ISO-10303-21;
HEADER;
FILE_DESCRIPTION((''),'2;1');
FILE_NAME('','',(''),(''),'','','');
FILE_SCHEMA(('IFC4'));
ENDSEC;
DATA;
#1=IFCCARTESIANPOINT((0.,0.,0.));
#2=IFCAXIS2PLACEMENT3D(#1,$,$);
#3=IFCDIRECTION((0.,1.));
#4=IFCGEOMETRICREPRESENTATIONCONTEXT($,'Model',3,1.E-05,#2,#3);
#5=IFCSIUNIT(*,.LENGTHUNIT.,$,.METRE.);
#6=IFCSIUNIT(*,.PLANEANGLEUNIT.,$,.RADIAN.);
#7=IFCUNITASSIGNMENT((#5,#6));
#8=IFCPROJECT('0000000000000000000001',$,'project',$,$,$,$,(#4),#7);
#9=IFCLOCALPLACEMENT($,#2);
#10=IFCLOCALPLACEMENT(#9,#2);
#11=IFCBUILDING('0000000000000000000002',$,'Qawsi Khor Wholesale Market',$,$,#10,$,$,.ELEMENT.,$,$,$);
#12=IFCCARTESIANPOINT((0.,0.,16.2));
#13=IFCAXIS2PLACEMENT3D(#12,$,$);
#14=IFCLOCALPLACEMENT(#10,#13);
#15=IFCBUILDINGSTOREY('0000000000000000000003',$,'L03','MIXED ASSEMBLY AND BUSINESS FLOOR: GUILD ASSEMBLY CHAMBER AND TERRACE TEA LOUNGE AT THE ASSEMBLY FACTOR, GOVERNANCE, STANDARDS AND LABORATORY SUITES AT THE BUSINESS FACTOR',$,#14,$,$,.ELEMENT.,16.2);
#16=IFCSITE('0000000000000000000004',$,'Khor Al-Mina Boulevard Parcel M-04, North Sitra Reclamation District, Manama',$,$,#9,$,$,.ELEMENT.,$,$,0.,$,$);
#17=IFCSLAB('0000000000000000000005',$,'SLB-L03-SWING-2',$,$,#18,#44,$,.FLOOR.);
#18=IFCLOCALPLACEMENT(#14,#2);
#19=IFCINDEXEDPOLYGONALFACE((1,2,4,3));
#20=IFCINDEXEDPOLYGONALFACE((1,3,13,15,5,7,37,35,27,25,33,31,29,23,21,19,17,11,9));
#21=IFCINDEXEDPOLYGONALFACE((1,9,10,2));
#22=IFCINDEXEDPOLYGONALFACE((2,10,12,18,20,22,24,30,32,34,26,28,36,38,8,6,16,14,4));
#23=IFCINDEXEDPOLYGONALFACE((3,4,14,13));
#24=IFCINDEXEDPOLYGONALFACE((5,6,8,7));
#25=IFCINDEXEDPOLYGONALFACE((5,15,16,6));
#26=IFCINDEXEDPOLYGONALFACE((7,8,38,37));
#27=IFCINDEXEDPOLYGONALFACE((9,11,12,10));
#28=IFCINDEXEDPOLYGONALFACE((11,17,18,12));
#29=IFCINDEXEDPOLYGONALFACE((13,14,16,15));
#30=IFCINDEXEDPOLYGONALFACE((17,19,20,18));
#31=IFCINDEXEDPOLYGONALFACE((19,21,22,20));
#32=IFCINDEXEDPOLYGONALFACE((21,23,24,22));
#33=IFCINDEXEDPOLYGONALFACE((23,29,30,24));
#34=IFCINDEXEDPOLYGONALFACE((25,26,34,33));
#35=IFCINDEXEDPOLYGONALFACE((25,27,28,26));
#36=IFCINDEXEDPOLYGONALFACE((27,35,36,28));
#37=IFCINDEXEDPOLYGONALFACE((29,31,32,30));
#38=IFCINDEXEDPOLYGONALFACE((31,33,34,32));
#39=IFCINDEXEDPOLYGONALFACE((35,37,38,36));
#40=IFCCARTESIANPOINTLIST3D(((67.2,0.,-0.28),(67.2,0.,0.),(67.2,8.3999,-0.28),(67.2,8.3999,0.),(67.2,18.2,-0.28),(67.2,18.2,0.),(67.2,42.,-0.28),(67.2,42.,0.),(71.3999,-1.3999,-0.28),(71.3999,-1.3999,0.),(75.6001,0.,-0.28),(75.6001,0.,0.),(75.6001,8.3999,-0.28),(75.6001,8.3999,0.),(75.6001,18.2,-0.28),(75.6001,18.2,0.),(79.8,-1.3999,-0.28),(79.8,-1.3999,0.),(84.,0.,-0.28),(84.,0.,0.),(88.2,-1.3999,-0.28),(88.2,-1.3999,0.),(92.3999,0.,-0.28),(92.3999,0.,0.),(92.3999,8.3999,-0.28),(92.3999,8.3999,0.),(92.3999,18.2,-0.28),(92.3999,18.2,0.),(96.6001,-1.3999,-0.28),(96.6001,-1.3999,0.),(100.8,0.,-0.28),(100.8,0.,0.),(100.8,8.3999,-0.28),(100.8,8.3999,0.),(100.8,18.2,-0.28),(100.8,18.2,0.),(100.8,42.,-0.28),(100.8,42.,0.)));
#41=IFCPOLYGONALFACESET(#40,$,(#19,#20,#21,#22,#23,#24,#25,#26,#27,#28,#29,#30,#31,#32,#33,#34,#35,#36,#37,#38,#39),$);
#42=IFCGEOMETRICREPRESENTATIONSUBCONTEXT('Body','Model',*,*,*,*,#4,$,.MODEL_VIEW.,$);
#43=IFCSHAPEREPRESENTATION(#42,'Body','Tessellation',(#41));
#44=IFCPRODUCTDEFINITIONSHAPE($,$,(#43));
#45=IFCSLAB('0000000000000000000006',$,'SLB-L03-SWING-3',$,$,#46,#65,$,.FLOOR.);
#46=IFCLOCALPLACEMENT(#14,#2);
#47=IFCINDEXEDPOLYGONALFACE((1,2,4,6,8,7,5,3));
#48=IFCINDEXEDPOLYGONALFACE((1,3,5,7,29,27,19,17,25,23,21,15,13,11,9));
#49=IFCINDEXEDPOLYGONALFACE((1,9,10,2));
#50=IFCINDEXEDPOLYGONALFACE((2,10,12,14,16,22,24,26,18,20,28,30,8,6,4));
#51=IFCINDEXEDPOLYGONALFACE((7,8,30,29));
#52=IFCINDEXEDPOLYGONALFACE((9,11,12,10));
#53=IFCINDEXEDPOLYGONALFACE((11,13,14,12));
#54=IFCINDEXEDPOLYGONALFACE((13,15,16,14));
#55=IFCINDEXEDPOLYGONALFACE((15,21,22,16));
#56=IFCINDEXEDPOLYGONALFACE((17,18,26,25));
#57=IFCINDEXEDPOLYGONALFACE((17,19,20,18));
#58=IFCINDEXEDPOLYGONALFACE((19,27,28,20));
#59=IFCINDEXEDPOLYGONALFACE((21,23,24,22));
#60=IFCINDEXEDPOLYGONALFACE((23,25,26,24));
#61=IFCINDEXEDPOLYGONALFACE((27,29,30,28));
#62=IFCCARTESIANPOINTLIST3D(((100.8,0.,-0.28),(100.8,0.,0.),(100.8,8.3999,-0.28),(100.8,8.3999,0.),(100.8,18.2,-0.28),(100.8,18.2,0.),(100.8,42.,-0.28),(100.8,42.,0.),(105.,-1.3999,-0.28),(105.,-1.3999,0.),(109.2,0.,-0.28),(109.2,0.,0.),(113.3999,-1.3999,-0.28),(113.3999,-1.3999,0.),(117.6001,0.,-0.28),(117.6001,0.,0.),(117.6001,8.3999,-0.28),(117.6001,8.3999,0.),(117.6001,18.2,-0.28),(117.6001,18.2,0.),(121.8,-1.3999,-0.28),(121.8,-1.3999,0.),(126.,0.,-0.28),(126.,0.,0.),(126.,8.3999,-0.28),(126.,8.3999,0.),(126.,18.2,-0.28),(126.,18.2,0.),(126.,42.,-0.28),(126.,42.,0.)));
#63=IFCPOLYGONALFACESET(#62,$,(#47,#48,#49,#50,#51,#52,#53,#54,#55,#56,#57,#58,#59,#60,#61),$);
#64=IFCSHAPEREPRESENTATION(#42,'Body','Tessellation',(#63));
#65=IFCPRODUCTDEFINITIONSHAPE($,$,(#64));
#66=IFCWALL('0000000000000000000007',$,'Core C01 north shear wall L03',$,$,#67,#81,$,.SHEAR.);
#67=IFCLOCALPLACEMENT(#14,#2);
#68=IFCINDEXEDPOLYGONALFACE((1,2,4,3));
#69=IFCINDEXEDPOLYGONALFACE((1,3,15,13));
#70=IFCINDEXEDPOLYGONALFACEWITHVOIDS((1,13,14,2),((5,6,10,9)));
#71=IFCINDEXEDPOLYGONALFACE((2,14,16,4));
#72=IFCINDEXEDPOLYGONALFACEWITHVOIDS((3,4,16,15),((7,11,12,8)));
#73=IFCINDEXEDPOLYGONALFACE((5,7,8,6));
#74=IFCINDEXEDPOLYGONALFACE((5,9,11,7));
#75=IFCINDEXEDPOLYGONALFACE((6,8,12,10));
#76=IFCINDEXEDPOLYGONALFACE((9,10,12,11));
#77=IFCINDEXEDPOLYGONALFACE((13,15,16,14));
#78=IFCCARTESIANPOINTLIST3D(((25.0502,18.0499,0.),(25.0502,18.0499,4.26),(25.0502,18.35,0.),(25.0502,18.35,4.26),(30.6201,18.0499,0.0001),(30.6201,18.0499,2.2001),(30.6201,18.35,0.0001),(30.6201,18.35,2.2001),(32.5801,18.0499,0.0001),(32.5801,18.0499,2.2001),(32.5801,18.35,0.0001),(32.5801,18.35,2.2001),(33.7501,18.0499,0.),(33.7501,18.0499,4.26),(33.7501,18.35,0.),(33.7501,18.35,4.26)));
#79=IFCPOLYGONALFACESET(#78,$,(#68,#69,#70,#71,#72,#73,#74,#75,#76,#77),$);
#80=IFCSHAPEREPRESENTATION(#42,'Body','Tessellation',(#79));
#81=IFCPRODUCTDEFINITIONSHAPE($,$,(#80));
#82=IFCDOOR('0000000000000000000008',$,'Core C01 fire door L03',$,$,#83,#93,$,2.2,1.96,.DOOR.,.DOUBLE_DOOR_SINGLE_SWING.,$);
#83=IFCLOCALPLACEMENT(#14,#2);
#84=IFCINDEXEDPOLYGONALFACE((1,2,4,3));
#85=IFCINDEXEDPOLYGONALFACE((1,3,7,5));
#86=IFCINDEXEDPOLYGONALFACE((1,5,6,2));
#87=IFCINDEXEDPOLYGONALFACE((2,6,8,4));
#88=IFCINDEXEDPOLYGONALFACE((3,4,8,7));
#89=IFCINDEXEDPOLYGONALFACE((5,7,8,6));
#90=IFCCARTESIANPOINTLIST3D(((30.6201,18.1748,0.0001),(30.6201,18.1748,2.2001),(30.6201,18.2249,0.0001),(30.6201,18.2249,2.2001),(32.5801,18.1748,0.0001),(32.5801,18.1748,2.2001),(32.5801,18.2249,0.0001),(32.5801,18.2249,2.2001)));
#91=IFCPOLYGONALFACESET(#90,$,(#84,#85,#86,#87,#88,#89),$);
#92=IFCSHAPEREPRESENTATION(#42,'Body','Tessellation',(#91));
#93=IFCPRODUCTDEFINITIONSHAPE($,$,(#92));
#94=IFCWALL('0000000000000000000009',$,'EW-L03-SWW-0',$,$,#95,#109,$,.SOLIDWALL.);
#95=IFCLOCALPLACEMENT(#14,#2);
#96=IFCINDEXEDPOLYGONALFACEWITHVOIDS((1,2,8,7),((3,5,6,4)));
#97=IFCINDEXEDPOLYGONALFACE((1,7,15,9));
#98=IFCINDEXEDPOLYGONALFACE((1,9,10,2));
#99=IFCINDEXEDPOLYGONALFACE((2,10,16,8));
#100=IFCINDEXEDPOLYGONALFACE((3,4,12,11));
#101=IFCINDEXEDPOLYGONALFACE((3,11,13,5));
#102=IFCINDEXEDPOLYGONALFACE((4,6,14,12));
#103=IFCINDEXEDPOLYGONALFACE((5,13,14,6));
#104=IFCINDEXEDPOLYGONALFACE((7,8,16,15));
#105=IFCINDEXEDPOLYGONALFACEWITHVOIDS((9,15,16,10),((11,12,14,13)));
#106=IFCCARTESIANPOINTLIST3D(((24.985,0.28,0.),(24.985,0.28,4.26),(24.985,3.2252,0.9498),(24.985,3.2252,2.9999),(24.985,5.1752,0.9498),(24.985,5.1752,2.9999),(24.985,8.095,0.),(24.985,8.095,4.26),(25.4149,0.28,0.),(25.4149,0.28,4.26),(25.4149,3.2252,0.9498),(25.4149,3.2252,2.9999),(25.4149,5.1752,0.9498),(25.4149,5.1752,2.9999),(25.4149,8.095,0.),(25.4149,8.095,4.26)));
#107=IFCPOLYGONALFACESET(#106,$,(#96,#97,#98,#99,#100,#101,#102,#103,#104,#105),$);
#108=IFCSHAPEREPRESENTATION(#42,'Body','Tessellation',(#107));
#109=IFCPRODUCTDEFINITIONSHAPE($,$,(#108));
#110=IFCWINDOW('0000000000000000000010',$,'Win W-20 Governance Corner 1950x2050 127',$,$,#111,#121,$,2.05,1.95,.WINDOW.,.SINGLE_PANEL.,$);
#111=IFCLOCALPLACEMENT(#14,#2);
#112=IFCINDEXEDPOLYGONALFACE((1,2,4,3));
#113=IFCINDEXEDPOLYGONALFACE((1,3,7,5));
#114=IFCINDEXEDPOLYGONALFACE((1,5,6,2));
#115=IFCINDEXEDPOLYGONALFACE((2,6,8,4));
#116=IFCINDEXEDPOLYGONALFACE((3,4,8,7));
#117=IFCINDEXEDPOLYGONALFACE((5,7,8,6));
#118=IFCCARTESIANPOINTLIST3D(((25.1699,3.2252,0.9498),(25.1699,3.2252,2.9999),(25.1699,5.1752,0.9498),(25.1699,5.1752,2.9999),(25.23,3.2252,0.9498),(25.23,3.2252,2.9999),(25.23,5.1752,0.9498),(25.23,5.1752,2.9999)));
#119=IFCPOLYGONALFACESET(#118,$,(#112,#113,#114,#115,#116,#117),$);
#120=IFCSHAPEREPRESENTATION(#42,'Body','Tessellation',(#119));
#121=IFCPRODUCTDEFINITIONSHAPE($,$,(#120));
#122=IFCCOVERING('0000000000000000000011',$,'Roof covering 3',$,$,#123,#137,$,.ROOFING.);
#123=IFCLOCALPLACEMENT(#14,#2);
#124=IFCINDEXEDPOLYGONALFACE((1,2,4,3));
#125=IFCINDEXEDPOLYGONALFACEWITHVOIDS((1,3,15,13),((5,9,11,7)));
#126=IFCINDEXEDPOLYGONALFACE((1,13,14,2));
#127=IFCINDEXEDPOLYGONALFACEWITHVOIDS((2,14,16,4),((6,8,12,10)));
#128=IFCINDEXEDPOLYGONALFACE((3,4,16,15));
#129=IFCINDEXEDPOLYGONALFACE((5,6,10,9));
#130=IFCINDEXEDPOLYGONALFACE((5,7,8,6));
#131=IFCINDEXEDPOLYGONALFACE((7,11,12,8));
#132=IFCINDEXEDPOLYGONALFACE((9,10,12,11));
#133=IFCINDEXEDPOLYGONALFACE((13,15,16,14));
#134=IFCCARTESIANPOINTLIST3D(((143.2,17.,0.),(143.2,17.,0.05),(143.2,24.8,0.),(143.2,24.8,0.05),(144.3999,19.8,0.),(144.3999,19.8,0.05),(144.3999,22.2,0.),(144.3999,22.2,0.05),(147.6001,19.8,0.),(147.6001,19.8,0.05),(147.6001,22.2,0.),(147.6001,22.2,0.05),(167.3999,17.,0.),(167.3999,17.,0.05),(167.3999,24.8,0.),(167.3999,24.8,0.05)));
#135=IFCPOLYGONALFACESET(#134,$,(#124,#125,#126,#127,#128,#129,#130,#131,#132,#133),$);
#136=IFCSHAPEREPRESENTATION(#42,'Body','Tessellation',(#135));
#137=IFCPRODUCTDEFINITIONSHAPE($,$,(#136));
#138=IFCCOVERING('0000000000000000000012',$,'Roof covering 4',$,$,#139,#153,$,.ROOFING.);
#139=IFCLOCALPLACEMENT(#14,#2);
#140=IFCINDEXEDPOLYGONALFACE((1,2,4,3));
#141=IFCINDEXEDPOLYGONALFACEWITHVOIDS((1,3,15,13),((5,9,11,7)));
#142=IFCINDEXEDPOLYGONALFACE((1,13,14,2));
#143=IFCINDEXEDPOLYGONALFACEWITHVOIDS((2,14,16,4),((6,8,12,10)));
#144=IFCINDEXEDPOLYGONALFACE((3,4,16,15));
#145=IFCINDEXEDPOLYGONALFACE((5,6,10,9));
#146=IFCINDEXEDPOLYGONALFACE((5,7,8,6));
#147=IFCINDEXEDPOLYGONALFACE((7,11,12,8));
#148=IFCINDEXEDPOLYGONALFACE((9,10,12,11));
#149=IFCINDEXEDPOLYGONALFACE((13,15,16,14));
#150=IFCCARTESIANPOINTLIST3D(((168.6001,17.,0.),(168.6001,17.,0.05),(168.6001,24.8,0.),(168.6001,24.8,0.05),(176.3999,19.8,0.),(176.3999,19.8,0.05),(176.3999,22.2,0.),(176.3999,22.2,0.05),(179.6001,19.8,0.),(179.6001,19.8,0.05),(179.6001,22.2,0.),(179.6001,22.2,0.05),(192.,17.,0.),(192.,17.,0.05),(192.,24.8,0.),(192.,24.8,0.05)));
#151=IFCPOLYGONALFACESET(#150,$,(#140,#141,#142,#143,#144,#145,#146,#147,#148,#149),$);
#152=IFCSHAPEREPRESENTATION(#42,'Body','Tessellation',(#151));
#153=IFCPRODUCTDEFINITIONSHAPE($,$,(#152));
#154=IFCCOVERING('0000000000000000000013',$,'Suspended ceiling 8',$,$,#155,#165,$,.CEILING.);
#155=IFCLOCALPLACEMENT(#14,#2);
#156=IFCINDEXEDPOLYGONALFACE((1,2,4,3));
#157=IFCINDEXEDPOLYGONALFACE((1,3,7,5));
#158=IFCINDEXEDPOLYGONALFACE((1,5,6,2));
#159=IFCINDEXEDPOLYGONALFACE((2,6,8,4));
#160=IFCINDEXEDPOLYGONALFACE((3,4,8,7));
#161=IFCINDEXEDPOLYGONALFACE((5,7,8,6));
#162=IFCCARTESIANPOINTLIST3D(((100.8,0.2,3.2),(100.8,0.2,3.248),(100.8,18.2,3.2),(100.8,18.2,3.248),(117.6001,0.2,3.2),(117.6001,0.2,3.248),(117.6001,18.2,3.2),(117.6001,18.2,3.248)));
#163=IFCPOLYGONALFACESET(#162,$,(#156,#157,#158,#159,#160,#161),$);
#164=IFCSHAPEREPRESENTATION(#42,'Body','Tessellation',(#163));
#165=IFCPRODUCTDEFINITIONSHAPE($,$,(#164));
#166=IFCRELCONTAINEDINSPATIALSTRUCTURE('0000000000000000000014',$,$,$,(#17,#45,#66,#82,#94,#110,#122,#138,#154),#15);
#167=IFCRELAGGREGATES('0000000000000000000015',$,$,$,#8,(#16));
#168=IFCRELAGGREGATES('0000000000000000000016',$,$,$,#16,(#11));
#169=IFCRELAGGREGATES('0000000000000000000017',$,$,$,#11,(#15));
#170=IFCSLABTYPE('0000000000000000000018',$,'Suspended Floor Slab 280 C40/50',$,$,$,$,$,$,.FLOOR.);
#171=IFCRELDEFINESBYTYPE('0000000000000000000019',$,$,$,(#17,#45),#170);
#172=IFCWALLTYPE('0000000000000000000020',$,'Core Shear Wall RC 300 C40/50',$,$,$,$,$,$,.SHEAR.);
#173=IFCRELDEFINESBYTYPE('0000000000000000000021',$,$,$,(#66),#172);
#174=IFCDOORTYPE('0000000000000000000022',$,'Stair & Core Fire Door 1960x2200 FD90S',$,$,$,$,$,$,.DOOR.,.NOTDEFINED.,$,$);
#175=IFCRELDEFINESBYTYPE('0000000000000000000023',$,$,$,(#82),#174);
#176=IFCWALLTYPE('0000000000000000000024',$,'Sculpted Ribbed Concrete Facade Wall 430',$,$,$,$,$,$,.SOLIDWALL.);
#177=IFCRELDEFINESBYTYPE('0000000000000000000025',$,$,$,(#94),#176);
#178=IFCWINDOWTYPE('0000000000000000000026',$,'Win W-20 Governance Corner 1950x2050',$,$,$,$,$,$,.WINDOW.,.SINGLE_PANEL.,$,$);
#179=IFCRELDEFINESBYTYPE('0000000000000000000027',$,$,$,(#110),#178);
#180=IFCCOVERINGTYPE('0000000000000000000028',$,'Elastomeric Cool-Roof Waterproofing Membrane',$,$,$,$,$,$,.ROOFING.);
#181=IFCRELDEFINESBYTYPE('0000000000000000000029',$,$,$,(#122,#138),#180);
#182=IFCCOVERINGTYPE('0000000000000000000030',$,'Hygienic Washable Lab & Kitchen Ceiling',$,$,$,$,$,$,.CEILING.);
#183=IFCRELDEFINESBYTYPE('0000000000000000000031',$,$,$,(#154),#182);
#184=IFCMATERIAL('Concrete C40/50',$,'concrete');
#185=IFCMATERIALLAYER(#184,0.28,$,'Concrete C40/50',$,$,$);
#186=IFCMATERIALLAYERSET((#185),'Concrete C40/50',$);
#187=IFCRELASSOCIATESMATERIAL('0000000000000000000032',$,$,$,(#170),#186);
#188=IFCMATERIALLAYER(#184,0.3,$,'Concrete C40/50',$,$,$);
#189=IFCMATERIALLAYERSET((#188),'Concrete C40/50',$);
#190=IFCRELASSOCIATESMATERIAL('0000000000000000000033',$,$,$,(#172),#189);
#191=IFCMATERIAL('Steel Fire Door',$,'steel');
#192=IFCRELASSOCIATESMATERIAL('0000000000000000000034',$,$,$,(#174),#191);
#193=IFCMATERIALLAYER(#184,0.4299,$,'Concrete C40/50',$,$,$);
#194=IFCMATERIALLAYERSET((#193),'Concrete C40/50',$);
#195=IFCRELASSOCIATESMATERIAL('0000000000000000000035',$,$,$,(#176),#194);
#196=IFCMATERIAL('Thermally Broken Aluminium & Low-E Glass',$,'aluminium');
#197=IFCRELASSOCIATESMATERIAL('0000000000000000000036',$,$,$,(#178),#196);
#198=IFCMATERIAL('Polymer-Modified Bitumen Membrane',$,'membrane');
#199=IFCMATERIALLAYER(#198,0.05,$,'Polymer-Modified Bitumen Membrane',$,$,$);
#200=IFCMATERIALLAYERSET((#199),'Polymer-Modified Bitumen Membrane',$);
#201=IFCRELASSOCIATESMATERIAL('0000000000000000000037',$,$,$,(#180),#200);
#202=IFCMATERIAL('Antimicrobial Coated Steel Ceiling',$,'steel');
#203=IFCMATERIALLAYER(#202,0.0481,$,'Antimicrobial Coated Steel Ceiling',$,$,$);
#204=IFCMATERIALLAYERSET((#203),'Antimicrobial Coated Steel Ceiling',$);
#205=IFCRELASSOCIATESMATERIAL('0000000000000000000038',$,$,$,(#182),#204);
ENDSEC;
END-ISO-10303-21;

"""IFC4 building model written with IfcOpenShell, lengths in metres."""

from ifc_helpers import new_model, si_unit, direction, frame, frame_2d, origin, place, context, subcontext, project, spatial, polyline, rectangle, outline, extrude, material, layer, layer_set, type_object, element, fill, save


model = new_model("IFC4")

# Units and contexts
model_context = context("Model", 3, precision=1e-05, world=origin(), true_north=direction((0.0, 1.0)))
body_context = subcontext(model_context, "Body", "Model", "MODEL_VIEW")
ifc_project = project(units=[si_unit("LENGTHUNIT", "METRE"), si_unit("PLANEANGLEUNIT", "RADIAN")], contexts=[model_context])

# Site, building, storey
site_placement = place(None, origin())
site = spatial("IfcSite", under=ifc_project, at=site_placement, Name="Khor Al-Mina Boulevard Parcel M-04, North Sitra Reclamation District, Manama", CompositionType="ELEMENT", RefElevation=0.0)
building_placement = place(site_placement, origin())
building = spatial("IfcBuilding", under=site, at=building_placement, Name="Qawsi Khor Wholesale Market", CompositionType="ELEMENT")
storey_placement = place(building_placement, frame((0.0, 0.0, 16.2)))
storey = spatial("IfcBuildingStorey", under=building, at=storey_placement, Name="L03", Description="MIXED ASSEMBLY AND BUSINESS FLOOR: GUILD ASSEMBLY CHAMBER AND TERRACE TEA LOUNGE AT THE ASSEMBLY FACTOR, GOVERNANCE, STANDARDS AND LABORATORY SUITES AT THE BUSINESS FACTOR", CompositionType="ELEMENT", Elevation=16.2)

# Shared definitions
ifc_material_1 = material(Name="Concrete C40/50", Category="concrete")

# Shared definitions
ifc_material_2 = material(Name="Thermally Broken Aluminium & Low-E Glass", Category="aluminium")

# Slabs
ifc_layer_1 = layer(ifc_material_1, 0.28, Name="Concrete C40/50")
ifc_layer_set_1 = layer_set([ifc_layer_1], Name="Concrete C40/50")
slab_type_1 = type_object("IfcSlabType", Name="Suspended Floor Slab 280 C40/50", PredefinedType="FLOOR", material=ifc_layer_set_1)
slab_1_placement = place(storey_placement, frame((0.0, 0.0, -0.28)))
element("IfcSlab", 1, at=slab_1_placement, inside=storey, type_object=slab_type_1, Name="SLB-L03-SWING-2", PredefinedType="FLOOR", context=body_context, shape_type="SweptSolid", body=[
    extrude(outline(polyline([(67.2, 8.3999), (75.6001, 8.3999), (75.6001, 18.2), (67.2, 18.2), (67.2, 42.0), (100.8, 42.0), (100.8, 18.2), (92.3999, 18.2), (92.3999, 8.3999), (100.8, 8.3999), (100.8, 0.0), (96.6001, -1.3999), (92.3999, 0.0), (88.2, -1.3999), (84.0, 0.0), (79.8, -1.3999), (75.6001, 0.0), (71.3999, -1.3999), (67.2, 0.0), (67.2, 8.3999)])), origin(), (0.0, 0.0, 1.0), 0.28),
])
slab_2_placement = place(storey_placement, frame((0.0, 0.0, -0.28)))
element("IfcSlab", 2, at=slab_2_placement, inside=storey, type_object=slab_type_1, Name="SLB-L03-SWING-3", PredefinedType="FLOOR", context=body_context, shape_type="SweptSolid", body=[
    extrude(outline(polyline([(100.8, 8.3999), (100.8, 18.2), (100.8, 42.0), (126.0, 42.0), (126.0, 18.2), (117.6001, 18.2), (117.6001, 8.3999), (126.0, 8.3999), (126.0, 0.0), (121.8, -1.3999), (117.6001, 0.0), (113.3999, -1.3999), (109.2, 0.0), (105.0, -1.3999), (100.8, 0.0), (100.8, 8.3999)])), origin(), (0.0, 0.0, 1.0), 0.28),
])

# Wall, opening, door
ifc_layer_2 = layer(ifc_material_1, 0.3, Name="Concrete C40/50")
ifc_layer_set_2 = layer_set([ifc_layer_2], Name="Concrete C40/50")
wall_type_1 = type_object("IfcWallType", Name="Core Shear Wall RC 300 C40/50", PredefinedType="SHEAR", material=ifc_layer_set_2)
wall_1_placement = place(storey_placement, frame((25.05, 18.2, 0.0), z_axis=(0.0, 0.0, 1.0), x_axis=(1.0, 0.0, 0.0)))
wall_1 = element("IfcWall", 3, at=wall_1_placement, inside=storey, type_object=wall_type_1, Name="Core C01 north shear wall L03", PredefinedType="SHEAR", context=body_context, shape_type="SweptSolid", body=[
    extrude(rectangle(XDim=8.7, YDim=0.3, at=frame_2d((4.3501, 0.0))), origin(), (0.0, 0.0, 1.0), 4.26),
])
opening_1_placement = place(wall_1_placement, frame((5.5701, 0.0, 0.0)))
opening_1 = element("IfcOpeningElement", 4, at=opening_1_placement, cuts=wall_1, PredefinedType="OPENING", context=body_context, shape_type="SweptSolid", body=[
    extrude(rectangle(XDim=1.96, YDim=2.2, at=frame_2d((0.98, 1.1001))), frame((0.0, 0.1599, 0.0), z_axis=(0.0, -1.0, 0.0), x_axis=(1.0, 0.0, 0.0)), (0.0, 0.0, 1.0), 0.3201),
])
ifc_material_3 = material(Name="Steel Fire Door", Category="steel")
door_type = type_object("IfcDoorType", Name="Stair & Core Fire Door 1960x2200 FD90S", OperationType="NOTDEFINED", PredefinedType="DOOR", material=ifc_material_3)
door_placement = place(opening_1_placement, origin())
door = element("IfcDoor", 5, at=door_placement, inside=storey, type_object=door_type, Name="Core C01 fire door L03", OperationType="DOUBLE_DOOR_SINGLE_SWING", OverallHeight=2.2, OverallWidth=1.96, PredefinedType="DOOR", context=body_context, shape_type="SweptSolid", body=[
    extrude(rectangle(XDim=1.96, YDim=2.2, at=frame_2d((0.98, 1.1001))), frame((0.0, 0.0249, 0.0), z_axis=(0.0, -1.0, 0.0), x_axis=(1.0, 0.0, 0.0)), (0.0, 0.0, 1.0), 0.05),
])
fill(opening_1, door)

# Wall, opening, window
ifc_layer_3 = layer(ifc_material_1, 0.4299, Name="Concrete C40/50")
ifc_layer_set_3 = layer_set([ifc_layer_3], Name="Concrete C40/50")
wall_type_2 = type_object("IfcWallType", Name="Sculpted Ribbed Concrete Facade Wall 430", PredefinedType="SOLIDWALL", material=ifc_layer_set_3)
wall_2_placement = place(storey_placement, frame((25.2, 0.28, 0.0), z_axis=(0.0, 0.0, 1.0), x_axis=(0.0, 1.0, 0.0)))
wall_2 = element("IfcWall", 6, at=wall_2_placement, inside=storey, type_object=wall_type_2, Name="EW-L03-SWW-0", PredefinedType="SOLIDWALL", context=body_context, shape_type="SweptSolid", body=[
    extrude(rectangle(XDim=7.8149, YDim=0.4299, at=frame_2d((3.9075, 0.0))), origin(), (0.0, 0.0, 1.0), 4.26),
])
opening_2_placement = place(wall_2_placement, frame((2.9451, 0.0, 0.95)))
opening_2 = element("IfcOpeningElement", 7, at=opening_2_placement, cuts=wall_2, PredefinedType="OPENING", context=body_context, shape_type="SweptSolid", body=[
    extrude(rectangle(XDim=1.95, YDim=2.05, at=frame_2d((0.9751, 1.0249))), frame((0.0, 0.2249, 0.0), z_axis=(0.0, -1.0, 0.0), x_axis=(1.0, 0.0, 0.0)), (0.0, 0.0, 1.0), 0.45),
])
window_type_1 = type_object("IfcWindowType", Name="Win W-20 Governance Corner 1950x2050", PartitioningType="SINGLE_PANEL", PredefinedType="WINDOW", material=ifc_material_2)
window_1_placement = place(opening_2_placement, origin())
window_1 = element("IfcWindow", 8, at=window_1_placement, inside=storey, type_object=window_type_1, Name="Win W-20 Governance Corner 1950x2050 127", OverallHeight=2.05, OverallWidth=1.95, PartitioningType="SINGLE_PANEL", PredefinedType="WINDOW", context=body_context, shape_type="SweptSolid", body=[
    extrude(rectangle(XDim=1.95, YDim=2.05, at=frame_2d((0.9751, 1.0249))), frame((0.0, 0.03, 0.0), z_axis=(0.0, -1.0, 0.0), x_axis=(1.0, 0.0, 0.0)), (0.0, 0.0, 1.0), 0.0601),
])
fill(opening_2, window_1)

# Coverings
ifc_material_4 = material(Name="Polymer-Modified Bitumen Membrane", Category="membrane")
ifc_layer_4 = layer(ifc_material_4, 0.05, Name="Polymer-Modified Bitumen Membrane")
ifc_layer_set_4 = layer_set([ifc_layer_4], Name="Polymer-Modified Bitumen Membrane")
covering_type_1 = type_object("IfcCoveringType", Name="Elastomeric Cool-Roof Waterproofing Membrane", PredefinedType="ROOFING", material=ifc_layer_set_4)
covering_1_placement = place(storey_placement, origin())
element("IfcCovering", 9, at=covering_1_placement, inside=storey, type_object=covering_type_1, Name="Roof covering 3", PredefinedType="ROOFING", context=body_context, shape_type="SweptSolid", body=[
    extrude(outline(polyline([(143.2, 24.8), (167.3999, 24.8), (167.3999, 17.0), (143.2, 17.0), (143.2, 24.8)]), holes=[polyline([(147.6001, 19.8), (147.6001, 22.2), (144.3999, 22.2), (144.3999, 19.8), (147.6001, 19.8)])]), origin(), (0.0, 0.0, 1.0), 0.05),
])
covering_2_placement = place(storey_placement, origin())
element("IfcCovering", 10, at=covering_2_placement, inside=storey, type_object=covering_type_1, Name="Roof covering 4", PredefinedType="ROOFING", context=body_context, shape_type="SweptSolid", body=[
    extrude(outline(polyline([(168.6001, 24.8), (192.0, 24.8), (192.0, 17.0), (168.6001, 17.0), (168.6001, 24.8)]), holes=[polyline([(179.6001, 19.8), (179.6001, 22.2), (176.3999, 22.2), (176.3999, 19.8), (179.6001, 19.8)])]), origin(), (0.0, 0.0, 1.0), 0.05),
])
ifc_material_5 = material(Name="Antimicrobial Coated Steel Ceiling", Category="steel")
ifc_layer_5 = layer(ifc_material_5, 0.0481, Name="Antimicrobial Coated Steel Ceiling")
ifc_layer_set_5 = layer_set([ifc_layer_5], Name="Antimicrobial Coated Steel Ceiling")
covering_type_2 = type_object("IfcCoveringType", Name="Hygienic Washable Lab & Kitchen Ceiling", PredefinedType="CEILING", material=ifc_layer_set_5)
covering_3_placement = place(storey_placement, frame((0.0, 0.0, 3.2)))
element("IfcCovering", 11, at=covering_3_placement, inside=storey, type_object=covering_type_2, Name="Suspended ceiling 8", PredefinedType="CEILING", context=body_context, shape_type="SweptSolid", body=[
    extrude(outline(polyline([(100.8, 0.2), (117.6001, 0.2), (117.6001, 18.2), (100.8, 18.2), (100.8, 0.2)])), origin(), (0.0, 0.0, 1.0), 0.0481),
])

save(model, "model.ifc")
